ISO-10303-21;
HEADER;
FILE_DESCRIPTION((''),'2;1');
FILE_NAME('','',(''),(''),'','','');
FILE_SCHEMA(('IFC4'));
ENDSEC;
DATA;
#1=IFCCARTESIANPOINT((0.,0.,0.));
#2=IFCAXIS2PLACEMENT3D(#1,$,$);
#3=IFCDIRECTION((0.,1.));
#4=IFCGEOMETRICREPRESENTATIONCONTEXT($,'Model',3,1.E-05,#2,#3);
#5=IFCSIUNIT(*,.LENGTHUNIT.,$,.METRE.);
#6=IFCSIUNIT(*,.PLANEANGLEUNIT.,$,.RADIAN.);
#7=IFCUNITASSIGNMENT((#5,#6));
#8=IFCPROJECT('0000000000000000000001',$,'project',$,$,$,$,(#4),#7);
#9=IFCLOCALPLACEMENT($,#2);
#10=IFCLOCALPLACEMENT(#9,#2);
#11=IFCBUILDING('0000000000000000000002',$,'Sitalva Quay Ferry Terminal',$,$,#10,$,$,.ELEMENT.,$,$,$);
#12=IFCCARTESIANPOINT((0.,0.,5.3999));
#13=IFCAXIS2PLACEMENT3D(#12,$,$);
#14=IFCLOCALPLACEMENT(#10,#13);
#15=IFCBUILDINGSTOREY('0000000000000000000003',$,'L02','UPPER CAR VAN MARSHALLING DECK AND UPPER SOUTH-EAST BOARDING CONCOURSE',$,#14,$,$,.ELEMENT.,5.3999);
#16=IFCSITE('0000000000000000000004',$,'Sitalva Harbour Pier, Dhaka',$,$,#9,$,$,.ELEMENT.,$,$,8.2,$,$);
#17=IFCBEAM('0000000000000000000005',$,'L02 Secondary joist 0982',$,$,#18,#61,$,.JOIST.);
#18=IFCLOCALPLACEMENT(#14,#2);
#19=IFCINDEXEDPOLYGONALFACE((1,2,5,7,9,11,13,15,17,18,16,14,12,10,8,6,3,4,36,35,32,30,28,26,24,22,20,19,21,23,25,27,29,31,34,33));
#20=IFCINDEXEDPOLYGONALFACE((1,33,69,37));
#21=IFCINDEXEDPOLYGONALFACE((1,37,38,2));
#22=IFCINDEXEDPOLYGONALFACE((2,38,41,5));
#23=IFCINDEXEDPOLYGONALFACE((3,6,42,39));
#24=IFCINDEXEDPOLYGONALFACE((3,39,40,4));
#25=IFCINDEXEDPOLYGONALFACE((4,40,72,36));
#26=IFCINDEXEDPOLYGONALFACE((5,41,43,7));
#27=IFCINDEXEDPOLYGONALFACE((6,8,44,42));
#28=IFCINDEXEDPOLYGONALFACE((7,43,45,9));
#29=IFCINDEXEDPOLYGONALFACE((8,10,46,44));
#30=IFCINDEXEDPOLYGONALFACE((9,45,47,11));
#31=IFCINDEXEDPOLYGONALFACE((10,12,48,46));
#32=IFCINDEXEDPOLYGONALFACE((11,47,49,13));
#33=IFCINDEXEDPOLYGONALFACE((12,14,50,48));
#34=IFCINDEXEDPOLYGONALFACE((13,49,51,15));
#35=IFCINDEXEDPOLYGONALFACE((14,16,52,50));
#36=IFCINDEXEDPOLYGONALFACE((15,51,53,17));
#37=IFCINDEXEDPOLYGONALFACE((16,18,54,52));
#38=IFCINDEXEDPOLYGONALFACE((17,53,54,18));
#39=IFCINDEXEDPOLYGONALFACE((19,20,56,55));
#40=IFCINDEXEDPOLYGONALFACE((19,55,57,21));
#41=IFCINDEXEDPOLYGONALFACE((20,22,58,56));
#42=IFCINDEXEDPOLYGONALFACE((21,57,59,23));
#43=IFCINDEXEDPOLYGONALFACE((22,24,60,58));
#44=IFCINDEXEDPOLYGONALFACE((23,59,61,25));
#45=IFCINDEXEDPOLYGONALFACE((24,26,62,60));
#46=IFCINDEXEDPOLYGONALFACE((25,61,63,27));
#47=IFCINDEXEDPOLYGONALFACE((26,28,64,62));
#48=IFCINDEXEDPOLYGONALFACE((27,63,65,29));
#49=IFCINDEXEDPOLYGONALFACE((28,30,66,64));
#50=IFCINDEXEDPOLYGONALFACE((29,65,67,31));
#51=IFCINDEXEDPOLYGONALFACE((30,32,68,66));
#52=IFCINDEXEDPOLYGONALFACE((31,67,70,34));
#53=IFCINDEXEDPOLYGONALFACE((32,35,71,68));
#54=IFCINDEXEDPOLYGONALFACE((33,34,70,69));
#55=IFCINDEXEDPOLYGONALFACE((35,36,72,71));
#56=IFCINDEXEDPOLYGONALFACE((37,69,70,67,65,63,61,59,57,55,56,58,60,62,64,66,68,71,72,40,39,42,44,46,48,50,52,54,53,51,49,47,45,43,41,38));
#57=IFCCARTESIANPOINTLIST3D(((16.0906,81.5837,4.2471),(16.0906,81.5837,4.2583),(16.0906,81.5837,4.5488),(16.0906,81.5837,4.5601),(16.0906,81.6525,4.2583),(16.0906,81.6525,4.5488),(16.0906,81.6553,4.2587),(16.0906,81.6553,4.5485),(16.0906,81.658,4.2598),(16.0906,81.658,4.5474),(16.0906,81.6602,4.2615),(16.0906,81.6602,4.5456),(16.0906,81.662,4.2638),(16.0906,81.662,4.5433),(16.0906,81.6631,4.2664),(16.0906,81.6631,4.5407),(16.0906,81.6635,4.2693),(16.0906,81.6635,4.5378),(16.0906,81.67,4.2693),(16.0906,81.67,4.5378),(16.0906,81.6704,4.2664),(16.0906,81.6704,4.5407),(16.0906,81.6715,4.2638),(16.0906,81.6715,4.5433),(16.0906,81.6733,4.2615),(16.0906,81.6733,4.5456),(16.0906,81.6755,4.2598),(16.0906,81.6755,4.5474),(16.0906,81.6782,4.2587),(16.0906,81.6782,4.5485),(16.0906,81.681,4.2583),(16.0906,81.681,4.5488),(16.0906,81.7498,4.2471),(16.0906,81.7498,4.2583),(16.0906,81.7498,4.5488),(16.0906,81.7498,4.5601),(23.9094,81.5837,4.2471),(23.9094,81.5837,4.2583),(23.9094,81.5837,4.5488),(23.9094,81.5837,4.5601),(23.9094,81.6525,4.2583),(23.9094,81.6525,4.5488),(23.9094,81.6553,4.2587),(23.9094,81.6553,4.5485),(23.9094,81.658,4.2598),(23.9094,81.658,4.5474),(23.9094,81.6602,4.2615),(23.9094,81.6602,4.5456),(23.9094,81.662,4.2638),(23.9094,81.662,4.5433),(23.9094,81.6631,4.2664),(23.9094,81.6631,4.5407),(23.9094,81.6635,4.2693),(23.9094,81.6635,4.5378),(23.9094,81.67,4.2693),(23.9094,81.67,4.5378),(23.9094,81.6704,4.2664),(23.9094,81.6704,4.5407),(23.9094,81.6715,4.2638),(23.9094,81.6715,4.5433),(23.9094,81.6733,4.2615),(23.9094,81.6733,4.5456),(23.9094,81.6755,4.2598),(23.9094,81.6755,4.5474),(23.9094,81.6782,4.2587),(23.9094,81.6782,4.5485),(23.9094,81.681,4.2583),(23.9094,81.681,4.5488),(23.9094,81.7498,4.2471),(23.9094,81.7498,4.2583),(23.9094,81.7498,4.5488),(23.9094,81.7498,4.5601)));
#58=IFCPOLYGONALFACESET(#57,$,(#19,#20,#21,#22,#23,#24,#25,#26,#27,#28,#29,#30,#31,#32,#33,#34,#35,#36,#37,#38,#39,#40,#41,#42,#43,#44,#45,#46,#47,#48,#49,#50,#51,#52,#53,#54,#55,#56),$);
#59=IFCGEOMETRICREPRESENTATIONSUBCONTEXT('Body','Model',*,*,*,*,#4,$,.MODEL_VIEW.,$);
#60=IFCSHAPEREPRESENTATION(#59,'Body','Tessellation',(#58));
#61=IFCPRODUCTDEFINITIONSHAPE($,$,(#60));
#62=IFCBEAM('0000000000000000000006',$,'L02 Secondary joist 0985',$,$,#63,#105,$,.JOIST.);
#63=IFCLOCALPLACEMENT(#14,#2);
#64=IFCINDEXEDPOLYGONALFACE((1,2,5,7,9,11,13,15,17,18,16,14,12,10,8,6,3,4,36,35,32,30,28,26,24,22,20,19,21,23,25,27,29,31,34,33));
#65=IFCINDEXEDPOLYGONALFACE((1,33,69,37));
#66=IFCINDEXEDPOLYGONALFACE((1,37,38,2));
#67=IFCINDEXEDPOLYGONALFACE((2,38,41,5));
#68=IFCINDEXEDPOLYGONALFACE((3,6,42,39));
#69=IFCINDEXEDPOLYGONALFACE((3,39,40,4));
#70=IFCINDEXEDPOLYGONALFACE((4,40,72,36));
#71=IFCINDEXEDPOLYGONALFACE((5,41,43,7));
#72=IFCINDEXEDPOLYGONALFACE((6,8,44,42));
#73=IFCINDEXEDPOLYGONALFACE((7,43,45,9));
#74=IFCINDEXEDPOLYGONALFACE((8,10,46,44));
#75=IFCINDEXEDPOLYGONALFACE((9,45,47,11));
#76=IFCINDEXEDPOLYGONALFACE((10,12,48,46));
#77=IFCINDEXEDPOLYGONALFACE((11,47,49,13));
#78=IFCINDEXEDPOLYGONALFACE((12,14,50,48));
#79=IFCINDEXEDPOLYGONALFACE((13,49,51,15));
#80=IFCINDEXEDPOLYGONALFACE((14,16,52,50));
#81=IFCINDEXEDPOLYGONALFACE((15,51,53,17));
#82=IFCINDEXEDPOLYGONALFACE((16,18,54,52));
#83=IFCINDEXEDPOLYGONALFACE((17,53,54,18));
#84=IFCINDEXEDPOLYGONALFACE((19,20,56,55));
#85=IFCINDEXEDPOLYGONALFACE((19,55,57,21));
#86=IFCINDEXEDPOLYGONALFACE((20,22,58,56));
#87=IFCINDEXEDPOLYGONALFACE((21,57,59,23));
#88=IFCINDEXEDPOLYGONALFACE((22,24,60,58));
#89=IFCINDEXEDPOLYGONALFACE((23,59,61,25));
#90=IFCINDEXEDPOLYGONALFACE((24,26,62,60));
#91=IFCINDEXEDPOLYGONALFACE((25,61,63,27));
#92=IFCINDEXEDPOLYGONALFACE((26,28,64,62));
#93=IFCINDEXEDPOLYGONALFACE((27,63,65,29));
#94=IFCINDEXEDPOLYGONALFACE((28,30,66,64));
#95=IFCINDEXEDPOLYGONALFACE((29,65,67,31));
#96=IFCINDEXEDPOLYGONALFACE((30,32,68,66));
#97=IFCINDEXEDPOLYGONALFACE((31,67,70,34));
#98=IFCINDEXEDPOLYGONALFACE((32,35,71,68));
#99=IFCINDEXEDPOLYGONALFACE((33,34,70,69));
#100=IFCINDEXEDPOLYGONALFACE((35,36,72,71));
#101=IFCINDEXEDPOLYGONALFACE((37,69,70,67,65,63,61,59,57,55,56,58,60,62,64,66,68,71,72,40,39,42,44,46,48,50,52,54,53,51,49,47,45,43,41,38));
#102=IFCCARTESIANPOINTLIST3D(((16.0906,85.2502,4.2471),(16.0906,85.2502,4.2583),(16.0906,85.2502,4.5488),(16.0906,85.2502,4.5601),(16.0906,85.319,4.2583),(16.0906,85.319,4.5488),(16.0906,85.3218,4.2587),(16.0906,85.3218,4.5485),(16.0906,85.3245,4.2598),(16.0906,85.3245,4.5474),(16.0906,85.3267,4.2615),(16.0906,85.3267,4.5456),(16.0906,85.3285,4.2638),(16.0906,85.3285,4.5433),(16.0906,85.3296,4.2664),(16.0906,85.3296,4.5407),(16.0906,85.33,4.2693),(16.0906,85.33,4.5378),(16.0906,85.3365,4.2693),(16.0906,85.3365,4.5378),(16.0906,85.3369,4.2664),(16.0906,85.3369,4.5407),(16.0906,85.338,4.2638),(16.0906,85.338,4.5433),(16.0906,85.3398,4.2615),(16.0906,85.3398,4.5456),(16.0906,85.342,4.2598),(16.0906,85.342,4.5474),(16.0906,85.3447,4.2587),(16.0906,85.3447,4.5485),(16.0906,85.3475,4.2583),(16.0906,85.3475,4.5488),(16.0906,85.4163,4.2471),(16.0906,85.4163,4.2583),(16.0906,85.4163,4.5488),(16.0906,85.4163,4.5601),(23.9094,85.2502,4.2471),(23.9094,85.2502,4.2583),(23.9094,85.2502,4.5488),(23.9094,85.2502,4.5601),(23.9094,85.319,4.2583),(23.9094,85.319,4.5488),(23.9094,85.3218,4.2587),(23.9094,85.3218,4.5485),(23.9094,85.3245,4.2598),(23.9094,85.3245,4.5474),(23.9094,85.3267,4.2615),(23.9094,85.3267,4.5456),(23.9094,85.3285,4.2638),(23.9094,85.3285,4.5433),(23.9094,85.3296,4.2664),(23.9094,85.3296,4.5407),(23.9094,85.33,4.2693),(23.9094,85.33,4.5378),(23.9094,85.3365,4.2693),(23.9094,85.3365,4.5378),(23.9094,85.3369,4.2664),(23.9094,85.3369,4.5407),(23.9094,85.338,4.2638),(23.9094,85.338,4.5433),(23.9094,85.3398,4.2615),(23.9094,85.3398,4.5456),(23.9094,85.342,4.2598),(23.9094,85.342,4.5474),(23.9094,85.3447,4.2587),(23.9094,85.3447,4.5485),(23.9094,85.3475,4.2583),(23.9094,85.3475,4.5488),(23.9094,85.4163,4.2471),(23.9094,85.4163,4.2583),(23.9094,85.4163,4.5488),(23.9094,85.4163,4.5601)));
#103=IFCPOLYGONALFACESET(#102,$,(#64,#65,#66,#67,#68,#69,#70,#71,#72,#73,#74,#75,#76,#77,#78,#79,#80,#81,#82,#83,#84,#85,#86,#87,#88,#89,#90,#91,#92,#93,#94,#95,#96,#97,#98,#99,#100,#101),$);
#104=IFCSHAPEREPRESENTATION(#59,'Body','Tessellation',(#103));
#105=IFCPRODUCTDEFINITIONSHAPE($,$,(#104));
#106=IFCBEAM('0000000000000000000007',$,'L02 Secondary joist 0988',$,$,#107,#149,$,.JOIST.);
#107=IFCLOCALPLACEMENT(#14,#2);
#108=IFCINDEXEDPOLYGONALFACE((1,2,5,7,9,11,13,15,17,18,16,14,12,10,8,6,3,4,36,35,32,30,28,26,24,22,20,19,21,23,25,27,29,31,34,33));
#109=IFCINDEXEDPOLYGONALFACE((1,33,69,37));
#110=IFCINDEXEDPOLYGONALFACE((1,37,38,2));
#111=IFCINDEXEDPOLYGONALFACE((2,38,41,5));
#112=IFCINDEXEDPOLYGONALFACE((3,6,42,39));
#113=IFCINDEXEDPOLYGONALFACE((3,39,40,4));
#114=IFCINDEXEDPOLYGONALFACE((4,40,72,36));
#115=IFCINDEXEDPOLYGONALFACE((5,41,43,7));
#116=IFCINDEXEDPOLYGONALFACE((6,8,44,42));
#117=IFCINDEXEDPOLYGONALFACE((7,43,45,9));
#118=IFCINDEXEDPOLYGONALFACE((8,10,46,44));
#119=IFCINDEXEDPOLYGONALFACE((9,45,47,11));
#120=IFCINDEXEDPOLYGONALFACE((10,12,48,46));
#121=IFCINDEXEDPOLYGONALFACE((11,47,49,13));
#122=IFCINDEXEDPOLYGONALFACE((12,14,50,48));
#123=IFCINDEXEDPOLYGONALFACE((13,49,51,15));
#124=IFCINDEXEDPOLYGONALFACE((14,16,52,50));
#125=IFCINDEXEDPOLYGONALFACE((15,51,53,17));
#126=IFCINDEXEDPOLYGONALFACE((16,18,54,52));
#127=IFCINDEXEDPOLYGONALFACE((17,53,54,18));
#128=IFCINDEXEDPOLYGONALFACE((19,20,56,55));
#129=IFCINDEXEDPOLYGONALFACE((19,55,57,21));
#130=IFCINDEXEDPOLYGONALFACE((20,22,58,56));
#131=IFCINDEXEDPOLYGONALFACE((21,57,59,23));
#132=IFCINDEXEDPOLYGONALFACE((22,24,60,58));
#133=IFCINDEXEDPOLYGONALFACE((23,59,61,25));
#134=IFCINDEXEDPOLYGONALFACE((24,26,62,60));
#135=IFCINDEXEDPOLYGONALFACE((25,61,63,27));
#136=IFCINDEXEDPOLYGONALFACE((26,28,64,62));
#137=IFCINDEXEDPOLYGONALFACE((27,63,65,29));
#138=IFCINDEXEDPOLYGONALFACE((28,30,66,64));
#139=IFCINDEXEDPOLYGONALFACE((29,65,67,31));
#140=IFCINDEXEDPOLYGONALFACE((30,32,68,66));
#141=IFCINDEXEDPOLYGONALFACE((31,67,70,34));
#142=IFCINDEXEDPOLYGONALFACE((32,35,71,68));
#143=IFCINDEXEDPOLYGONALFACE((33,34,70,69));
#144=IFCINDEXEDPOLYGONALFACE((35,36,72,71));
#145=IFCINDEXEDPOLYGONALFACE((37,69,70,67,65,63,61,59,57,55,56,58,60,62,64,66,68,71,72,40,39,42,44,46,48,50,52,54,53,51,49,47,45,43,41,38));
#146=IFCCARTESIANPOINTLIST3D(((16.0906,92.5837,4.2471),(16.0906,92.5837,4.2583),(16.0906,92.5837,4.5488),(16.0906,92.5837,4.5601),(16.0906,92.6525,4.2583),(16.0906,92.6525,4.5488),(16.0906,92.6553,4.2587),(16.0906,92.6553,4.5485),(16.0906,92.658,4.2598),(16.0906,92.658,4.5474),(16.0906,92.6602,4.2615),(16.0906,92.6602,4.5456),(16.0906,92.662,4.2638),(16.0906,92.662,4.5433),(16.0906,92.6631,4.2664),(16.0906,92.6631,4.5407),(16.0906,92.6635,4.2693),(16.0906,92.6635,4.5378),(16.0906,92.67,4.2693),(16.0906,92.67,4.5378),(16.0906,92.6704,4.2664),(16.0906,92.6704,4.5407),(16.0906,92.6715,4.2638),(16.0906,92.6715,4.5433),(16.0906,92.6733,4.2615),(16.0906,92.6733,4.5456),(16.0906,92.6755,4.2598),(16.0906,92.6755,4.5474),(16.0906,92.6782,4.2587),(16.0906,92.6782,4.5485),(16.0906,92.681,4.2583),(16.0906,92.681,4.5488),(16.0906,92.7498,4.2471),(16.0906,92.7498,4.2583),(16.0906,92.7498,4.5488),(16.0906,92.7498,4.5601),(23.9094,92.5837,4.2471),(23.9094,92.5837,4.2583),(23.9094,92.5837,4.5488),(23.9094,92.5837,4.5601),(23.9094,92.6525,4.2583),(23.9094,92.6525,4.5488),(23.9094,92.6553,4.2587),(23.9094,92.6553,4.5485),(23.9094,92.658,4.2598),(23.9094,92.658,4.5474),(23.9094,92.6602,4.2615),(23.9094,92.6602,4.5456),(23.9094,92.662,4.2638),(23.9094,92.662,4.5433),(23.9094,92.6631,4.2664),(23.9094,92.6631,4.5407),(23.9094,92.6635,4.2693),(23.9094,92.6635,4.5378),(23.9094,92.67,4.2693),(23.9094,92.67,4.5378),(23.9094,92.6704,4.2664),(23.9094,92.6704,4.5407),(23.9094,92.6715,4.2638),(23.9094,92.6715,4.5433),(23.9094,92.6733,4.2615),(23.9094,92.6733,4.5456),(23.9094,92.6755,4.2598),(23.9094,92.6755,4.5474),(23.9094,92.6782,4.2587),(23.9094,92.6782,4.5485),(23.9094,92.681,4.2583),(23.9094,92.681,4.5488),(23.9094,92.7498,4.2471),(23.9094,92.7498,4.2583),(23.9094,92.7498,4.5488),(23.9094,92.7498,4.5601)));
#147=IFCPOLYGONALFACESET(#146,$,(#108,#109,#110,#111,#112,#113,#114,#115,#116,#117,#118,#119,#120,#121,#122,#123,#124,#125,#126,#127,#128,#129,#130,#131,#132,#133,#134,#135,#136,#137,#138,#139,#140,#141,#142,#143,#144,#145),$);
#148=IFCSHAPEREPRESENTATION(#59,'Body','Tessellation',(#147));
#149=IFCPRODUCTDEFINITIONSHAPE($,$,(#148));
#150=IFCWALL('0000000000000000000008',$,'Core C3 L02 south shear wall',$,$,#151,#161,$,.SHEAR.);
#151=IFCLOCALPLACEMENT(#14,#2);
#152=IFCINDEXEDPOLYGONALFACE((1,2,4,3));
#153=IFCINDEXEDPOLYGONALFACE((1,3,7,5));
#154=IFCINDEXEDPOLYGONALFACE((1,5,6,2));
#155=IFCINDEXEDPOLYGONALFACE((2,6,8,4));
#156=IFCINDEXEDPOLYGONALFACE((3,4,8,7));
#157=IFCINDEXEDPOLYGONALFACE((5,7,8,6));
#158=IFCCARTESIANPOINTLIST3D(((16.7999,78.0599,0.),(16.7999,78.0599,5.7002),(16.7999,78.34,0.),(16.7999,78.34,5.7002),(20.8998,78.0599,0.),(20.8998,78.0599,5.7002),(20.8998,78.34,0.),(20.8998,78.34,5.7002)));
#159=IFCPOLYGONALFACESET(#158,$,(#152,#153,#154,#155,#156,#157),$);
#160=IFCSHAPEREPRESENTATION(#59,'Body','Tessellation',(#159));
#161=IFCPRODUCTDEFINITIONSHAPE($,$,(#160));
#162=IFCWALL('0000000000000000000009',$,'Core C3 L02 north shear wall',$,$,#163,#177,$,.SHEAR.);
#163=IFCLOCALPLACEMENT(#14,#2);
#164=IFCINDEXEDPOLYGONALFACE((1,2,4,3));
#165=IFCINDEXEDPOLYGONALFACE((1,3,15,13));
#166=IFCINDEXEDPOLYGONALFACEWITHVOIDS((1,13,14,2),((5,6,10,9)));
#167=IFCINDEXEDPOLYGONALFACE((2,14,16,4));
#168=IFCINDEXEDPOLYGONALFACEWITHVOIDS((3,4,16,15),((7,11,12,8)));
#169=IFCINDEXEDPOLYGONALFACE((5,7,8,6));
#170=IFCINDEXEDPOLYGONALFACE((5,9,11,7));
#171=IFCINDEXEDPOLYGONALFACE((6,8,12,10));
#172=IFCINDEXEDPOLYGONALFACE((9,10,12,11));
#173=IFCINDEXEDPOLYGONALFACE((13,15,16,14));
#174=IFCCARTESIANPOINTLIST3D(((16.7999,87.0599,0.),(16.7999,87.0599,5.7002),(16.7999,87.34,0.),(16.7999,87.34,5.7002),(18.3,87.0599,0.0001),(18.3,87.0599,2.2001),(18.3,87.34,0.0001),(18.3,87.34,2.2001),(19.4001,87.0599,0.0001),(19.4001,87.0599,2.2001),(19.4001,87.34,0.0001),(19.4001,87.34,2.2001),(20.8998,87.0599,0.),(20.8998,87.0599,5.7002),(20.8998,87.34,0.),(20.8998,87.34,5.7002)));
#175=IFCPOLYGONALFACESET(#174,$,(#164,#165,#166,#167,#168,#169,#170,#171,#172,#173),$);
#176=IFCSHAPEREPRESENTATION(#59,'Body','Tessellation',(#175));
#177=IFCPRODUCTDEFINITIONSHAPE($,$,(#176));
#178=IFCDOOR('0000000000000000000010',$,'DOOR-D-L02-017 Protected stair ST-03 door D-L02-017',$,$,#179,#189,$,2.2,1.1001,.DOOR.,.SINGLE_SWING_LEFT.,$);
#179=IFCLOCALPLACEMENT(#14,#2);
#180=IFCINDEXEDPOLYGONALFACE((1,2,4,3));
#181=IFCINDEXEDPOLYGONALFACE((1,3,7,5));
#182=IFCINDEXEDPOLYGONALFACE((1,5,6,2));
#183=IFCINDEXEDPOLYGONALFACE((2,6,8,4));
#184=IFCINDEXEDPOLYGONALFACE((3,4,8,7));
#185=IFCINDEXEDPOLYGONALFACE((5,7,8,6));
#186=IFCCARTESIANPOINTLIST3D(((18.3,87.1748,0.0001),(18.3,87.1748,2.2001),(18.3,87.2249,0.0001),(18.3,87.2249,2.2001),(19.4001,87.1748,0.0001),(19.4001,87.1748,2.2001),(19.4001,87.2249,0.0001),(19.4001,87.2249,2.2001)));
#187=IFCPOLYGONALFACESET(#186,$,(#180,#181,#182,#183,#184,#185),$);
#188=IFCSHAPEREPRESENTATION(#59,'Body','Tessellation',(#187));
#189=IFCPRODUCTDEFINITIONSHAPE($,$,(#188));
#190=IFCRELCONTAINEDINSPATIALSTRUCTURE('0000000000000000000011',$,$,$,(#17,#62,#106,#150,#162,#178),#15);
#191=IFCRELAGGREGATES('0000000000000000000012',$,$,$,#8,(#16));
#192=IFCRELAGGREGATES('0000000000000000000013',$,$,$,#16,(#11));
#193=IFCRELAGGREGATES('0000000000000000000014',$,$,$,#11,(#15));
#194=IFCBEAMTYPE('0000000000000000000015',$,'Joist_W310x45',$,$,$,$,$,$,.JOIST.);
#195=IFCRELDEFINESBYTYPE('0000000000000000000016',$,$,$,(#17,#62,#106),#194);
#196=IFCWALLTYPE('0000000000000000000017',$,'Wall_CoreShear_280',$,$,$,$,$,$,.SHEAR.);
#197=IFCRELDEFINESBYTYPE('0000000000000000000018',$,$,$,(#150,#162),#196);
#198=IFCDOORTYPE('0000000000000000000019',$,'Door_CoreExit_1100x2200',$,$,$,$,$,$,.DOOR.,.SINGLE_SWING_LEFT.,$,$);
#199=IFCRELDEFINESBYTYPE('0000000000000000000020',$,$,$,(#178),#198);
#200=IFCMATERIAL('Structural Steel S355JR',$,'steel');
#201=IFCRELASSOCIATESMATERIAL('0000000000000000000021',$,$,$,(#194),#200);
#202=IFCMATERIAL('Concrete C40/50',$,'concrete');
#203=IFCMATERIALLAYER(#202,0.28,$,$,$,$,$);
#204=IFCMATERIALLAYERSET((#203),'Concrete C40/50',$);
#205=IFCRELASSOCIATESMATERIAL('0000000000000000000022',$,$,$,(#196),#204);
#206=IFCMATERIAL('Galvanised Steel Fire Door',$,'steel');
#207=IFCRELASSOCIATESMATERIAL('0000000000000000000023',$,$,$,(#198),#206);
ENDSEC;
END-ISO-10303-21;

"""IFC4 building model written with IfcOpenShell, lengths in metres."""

from ifc_helpers import new_model, si_unit, direction, frame, frame_2d, origin, origin_2d, place, context, subcontext, project, spatial, rectangle, i_section, extrude, material, layer, layer_set, material_profile, profile_set, type_object, element, fill, save


model = new_model("IFC4")

# Units and contexts
model_context = context("Model", 3, precision=1e-05, world=origin(), true_north=direction((0.0, 1.0)))
body_context = subcontext(model_context, "Body", "Model", "MODEL_VIEW")
ifc_project = project(units=[si_unit("LENGTHUNIT", "METRE"), si_unit("PLANEANGLEUNIT", "RADIAN")], contexts=[model_context])

# Site, building, storey
site_placement = place(None, origin())
site = spatial("IfcSite", under=ifc_project, at=site_placement, Name="Sitalva Harbour Pier, Dhaka", CompositionType="ELEMENT", RefElevation=8.2)
building_placement = place(site_placement, origin())
building = spatial("IfcBuilding", under=site, at=building_placement, Name="Sitalva Quay Ferry Terminal", CompositionType="ELEMENT")
storey_placement = place(building_placement, frame((0.0, 0.0, 5.3999)))
storey = spatial("IfcBuildingStorey", under=building, at=storey_placement, Name="L02", Description="UPPER CAR VAN MARSHALLING DECK AND UPPER SOUTH-EAST BOARDING CONCOURSE", CompositionType="ELEMENT", Elevation=5.3999)

# Beams
ifc_material_1 = material(Name="Structural Steel S355JR", Category="steel")
ifc_material_profile_1 = material_profile(ifc_material_1, i_section(OverallWidth=0.166, OverallDepth=0.313, WebThickness=0.0066, FlangeThickness=0.0112, FilletRadius=0.011, at=origin_2d()), Name="W310x45")
ifc_profile_set_1 = profile_set([ifc_material_profile_1], Name="Structural Steel S355JR")
beam_type_1 = type_object("IfcBeamType", Name="Joist_W310x45", PredefinedType="JOIST", material=ifc_profile_set_1)
for number, where, z_axis, x_axis, name in (
    (1, (16.0906, 81.6667, 4.4036), (1.0, 0.0, 0.0), (0.0, 1.0, 0.0), "L02 Secondary joist 0982"),
    (2, (16.0906, 85.3333, 4.4036), (1.0, 0.0, 0.0), (0.0, 1.0, 0.0), "L02 Secondary joist 0985"),
    (3, (16.0906, 92.6667, 4.4036), (1.0, 0.0, 0.0), (0.0, 1.0, 0.0), "L02 Secondary joist 0988"),
):
    element("IfcBeam", number, at=place(storey_placement, frame(where, z_axis=z_axis, x_axis=x_axis)), inside=storey, type_object=beam_type_1, Name=name, PredefinedType="JOIST", context=body_context, shape_type="SweptSolid", body=[
        extrude(i_section(OverallWidth=0.166, OverallDepth=0.313, WebThickness=0.0066, FlangeThickness=0.0112, FilletRadius=0.011, at=origin_2d()), origin(), (0.0, 0.0, 1.0), 7.8188),
    ])

# Wall
ifc_material_2 = material(Name="Concrete C40/50", Category="concrete")
ifc_layer_1 = layer(ifc_material_2, 0.28)
ifc_layer_set_1 = layer_set([ifc_layer_1], Name="Concrete C40/50")
wall_type_1 = type_object("IfcWallType", Name="Wall_CoreShear_280", PredefinedType="SHEAR", material=ifc_layer_set_1)
wall_1_placement = place(storey_placement, frame((16.8, 78.2, 0.0), z_axis=(0.0, 0.0, 1.0), x_axis=(1.0, 0.0, 0.0)))
element("IfcWall", 4, at=wall_1_placement, inside=storey, type_object=wall_type_1, Name="Core C3 L02 south shear wall", PredefinedType="SHEAR", context=body_context, shape_type="SweptSolid", body=[
    extrude(rectangle(XDim=4.0999, YDim=0.28, at=frame_2d((2.0498, 0.0))), origin(), (0.0, 0.0, 1.0), 5.7002),
])

# Wall, opening, door
wall_2_placement = place(storey_placement, frame((16.8, 87.2, 0.0), z_axis=(0.0, 0.0, 1.0), x_axis=(1.0, 0.0, 0.0)))
wall_2 = element("IfcWall", 5, at=wall_2_placement, inside=storey, type_object=wall_type_1, Name="Core C3 L02 north shear wall", PredefinedType="SHEAR", context=body_context, shape_type="SweptSolid", body=[
    extrude(rectangle(XDim=4.0999, YDim=0.28, at=frame_2d((2.0498, 0.0))), origin(), (0.0, 0.0, 1.0), 5.7002),
])
opening_1_placement = place(wall_2_placement, frame((1.5, 0.0, 0.0)))
opening_1 = element("IfcOpeningElement", 6, at=opening_1_placement, cuts=wall_2, PredefinedType="OPENING", context=body_context, shape_type="SweptSolid", body=[
    extrude(rectangle(XDim=1.1001, YDim=2.2, at=frame_2d((0.55, 1.1001))), frame((0.0, 0.1499, 0.0), z_axis=(0.0, -1.0, 0.0), x_axis=(1.0, 0.0, 0.0)), (0.0, 0.0, 1.0), 0.3),
])
ifc_material_3 = material(Name="Galvanised Steel Fire Door", Category="steel")
door_type_1 = type_object("IfcDoorType", Name="Door_CoreExit_1100x2200", OperationType="SINGLE_SWING_LEFT", PredefinedType="DOOR", material=ifc_material_3)
door_1_placement = place(opening_1_placement, origin())
door_1 = element("IfcDoor", 7, at=door_1_placement, inside=storey, type_object=door_type_1, Name="DOOR-D-L02-017 Protected stair ST-03 door D-L02-017", OperationType="SINGLE_SWING_LEFT", OverallHeight=2.2, OverallWidth=1.1001, PredefinedType="DOOR", context=body_context, shape_type="SweptSolid", body=[
    extrude(rectangle(XDim=1.1001, YDim=2.2, at=frame_2d((0.55, 1.1001))), frame((0.0, 0.0249, 0.0), z_axis=(0.0, -1.0, 0.0), x_axis=(1.0, 0.0, 0.0)), (0.0, 0.0, 1.0), 0.05),
])
fill(opening_1, door_1)

save(model, "model.ifc")
